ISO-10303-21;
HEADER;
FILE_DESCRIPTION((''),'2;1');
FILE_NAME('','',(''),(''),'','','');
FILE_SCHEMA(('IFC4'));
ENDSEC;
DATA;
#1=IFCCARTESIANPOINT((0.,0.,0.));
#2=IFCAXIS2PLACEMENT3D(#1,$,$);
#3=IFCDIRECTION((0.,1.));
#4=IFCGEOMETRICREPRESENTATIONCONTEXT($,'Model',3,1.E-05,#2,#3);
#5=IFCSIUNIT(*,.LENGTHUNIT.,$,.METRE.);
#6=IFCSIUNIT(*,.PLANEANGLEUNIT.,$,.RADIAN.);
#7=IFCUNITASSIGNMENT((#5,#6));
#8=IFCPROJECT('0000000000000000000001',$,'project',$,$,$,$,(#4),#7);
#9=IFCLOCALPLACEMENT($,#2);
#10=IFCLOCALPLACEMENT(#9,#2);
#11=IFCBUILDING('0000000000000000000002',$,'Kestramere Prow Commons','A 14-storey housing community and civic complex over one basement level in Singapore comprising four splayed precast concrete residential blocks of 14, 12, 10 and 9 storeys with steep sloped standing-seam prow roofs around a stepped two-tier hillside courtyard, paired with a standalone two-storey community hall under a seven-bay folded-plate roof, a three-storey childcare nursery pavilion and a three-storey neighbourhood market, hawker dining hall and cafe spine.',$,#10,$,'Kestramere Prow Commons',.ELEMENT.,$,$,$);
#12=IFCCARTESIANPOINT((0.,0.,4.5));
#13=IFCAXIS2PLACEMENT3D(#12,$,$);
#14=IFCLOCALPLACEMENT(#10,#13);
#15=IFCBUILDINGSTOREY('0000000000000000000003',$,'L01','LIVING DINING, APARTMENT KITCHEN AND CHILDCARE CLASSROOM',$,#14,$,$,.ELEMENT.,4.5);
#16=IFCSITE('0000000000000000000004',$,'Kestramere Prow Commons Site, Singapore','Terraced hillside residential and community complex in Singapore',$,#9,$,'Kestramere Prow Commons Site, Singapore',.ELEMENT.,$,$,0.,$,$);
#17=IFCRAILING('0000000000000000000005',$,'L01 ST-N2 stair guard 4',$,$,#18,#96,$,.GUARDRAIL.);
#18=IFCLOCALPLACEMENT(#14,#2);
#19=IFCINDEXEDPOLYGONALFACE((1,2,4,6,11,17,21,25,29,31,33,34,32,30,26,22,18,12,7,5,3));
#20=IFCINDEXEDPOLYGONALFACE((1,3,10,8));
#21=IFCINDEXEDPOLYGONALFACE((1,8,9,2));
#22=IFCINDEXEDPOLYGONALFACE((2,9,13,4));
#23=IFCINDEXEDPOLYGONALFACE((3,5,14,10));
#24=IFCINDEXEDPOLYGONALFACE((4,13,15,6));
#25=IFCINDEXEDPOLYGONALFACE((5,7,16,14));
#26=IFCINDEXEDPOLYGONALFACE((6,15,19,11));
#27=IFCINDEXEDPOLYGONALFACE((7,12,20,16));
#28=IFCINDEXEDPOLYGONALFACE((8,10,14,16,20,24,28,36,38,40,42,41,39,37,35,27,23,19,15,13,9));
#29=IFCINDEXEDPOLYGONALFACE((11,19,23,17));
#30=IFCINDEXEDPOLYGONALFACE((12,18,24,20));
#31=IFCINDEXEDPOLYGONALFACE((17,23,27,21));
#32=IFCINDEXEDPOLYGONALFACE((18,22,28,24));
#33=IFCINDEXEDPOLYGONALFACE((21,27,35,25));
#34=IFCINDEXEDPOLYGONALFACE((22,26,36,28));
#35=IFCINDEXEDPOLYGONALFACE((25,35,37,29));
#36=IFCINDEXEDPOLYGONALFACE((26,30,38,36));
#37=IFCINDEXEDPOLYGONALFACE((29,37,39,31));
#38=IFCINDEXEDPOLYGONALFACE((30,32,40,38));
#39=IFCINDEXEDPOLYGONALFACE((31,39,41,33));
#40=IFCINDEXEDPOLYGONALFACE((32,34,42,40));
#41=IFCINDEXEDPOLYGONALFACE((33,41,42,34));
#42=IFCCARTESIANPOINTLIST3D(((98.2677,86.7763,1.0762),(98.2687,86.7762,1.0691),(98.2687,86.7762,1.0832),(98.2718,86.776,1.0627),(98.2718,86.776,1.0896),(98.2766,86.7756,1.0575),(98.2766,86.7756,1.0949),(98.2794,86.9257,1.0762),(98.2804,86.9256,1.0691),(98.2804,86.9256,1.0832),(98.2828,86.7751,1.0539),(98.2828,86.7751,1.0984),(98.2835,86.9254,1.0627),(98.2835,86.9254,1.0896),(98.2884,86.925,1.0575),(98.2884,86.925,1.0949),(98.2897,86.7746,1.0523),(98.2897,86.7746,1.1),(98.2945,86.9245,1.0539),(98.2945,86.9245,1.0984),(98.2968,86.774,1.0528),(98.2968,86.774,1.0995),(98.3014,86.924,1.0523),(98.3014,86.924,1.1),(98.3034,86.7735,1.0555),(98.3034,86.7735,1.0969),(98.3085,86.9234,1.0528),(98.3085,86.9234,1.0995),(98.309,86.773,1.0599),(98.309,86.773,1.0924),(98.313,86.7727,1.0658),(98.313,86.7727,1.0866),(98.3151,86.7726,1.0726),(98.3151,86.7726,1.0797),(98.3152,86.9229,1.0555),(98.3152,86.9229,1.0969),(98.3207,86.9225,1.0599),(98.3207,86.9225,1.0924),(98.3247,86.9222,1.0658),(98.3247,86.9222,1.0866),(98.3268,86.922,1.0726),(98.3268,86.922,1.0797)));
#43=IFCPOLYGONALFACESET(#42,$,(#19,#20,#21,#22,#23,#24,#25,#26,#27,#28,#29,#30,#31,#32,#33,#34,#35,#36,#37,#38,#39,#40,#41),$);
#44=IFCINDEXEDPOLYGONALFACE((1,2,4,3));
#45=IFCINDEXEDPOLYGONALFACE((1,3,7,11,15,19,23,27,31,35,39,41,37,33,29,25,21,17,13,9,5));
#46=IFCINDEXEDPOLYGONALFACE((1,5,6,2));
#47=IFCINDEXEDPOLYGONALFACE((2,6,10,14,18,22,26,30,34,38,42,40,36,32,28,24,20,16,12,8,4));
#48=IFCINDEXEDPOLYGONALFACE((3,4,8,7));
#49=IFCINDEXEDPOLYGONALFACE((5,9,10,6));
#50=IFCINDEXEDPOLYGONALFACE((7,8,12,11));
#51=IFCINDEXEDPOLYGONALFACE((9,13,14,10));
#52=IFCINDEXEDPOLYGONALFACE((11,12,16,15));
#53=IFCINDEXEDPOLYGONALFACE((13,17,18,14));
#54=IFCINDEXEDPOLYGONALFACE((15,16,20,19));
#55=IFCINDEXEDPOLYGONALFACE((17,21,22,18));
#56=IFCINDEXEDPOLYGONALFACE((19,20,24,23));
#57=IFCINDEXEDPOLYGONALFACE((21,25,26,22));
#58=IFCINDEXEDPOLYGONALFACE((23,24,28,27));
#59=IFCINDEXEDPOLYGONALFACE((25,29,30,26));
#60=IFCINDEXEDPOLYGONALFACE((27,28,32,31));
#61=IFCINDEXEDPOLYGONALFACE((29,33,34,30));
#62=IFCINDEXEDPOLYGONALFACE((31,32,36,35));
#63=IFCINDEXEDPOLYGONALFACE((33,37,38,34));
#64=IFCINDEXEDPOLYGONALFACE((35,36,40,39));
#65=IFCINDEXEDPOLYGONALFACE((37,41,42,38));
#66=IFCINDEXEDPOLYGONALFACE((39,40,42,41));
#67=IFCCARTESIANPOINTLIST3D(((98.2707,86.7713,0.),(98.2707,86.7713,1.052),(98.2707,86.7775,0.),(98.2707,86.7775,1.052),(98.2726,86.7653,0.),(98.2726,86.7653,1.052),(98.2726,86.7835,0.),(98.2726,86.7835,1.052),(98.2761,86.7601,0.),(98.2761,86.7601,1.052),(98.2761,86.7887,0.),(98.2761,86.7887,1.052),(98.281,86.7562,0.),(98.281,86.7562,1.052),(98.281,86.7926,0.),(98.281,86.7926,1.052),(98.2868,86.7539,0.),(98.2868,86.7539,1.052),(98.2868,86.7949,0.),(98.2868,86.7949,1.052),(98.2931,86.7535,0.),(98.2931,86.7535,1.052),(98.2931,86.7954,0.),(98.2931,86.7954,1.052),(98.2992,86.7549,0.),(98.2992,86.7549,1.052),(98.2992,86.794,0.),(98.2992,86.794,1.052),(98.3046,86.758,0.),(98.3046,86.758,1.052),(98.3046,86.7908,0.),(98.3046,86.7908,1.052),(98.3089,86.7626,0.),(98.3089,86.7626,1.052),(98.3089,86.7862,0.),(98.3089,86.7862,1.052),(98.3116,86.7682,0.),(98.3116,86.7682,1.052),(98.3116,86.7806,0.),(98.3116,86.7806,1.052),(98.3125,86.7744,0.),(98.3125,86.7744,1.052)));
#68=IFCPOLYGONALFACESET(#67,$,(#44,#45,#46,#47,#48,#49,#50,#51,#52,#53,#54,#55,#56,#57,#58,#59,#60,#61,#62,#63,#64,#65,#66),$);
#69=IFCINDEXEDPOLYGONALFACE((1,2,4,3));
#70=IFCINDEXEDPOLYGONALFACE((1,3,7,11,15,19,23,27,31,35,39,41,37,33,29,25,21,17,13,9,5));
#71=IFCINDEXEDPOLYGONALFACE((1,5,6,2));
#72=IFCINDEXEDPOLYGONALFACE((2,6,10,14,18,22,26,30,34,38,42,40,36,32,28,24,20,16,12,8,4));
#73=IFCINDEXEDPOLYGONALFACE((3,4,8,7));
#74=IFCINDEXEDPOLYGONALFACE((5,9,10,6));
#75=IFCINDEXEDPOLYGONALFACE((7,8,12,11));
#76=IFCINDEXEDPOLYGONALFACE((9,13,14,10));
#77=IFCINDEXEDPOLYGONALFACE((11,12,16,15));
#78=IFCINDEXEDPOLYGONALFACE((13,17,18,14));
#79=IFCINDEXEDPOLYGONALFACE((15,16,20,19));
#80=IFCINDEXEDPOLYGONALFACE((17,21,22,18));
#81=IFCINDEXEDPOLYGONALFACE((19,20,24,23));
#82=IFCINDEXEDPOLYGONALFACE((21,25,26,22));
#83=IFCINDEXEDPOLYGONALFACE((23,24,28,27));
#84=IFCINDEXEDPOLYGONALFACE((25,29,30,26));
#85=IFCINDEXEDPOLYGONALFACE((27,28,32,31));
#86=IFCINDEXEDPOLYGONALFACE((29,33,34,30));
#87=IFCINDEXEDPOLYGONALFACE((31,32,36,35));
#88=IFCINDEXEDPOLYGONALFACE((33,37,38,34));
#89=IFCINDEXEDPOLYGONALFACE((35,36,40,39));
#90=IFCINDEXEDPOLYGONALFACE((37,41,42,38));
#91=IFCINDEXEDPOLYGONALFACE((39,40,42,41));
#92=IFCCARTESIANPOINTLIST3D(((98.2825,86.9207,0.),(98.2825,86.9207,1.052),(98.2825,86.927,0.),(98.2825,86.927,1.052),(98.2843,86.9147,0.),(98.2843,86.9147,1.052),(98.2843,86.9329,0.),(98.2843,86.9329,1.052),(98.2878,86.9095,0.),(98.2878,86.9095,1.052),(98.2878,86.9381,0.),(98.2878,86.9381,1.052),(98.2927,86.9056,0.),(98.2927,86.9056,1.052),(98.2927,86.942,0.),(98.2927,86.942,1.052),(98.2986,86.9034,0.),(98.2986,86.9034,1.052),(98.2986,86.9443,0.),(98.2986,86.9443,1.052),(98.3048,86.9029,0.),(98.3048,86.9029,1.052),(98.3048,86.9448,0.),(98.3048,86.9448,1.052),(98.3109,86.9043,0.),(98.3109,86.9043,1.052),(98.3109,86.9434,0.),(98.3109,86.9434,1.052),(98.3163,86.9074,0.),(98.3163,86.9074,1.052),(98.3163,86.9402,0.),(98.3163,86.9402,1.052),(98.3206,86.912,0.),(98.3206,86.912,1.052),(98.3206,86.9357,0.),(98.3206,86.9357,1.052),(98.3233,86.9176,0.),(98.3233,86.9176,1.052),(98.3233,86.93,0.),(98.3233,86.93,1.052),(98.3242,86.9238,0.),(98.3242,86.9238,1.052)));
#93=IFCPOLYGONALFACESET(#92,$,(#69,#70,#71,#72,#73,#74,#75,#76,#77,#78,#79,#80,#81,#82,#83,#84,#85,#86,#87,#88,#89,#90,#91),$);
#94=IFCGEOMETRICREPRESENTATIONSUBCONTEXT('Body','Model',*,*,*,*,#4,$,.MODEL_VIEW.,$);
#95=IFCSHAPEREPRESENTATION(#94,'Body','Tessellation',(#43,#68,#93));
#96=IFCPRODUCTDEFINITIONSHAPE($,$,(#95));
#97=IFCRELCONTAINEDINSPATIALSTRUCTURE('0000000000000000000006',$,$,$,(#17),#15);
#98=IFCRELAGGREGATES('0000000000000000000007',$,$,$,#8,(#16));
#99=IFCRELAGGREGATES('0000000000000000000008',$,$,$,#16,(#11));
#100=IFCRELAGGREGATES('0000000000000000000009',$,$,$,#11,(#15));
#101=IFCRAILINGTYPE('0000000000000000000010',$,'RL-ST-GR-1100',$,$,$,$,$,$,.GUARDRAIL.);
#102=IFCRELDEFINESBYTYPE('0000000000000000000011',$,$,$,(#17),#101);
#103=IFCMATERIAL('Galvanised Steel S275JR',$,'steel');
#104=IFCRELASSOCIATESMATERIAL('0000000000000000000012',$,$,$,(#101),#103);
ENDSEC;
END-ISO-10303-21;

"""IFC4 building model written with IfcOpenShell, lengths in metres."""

from ifc_helpers import new_model, si_unit, direction, frame, origin, origin_2d, place, context, subcontext, project, spatial, circle, extrude, material, type_object, element, save


model = new_model("IFC4")

# Units and contexts
model_context = context("Model", 3, precision=1e-05, world=origin(), true_north=direction((0.0, 1.0)))
body_context = subcontext(model_context, "Body", "Model", "MODEL_VIEW")
ifc_project = project(units=[si_unit("LENGTHUNIT", "METRE"), si_unit("PLANEANGLEUNIT", "RADIAN")], contexts=[model_context])

# Site, building, storey
site_placement = place(None, origin())
site = spatial("IfcSite", under=ifc_project, at=site_placement, Name="Kestramere Prow Commons Site, Singapore", Description="Terraced hillside residential and community complex in Singapore", LongName="Kestramere Prow Commons Site, Singapore", CompositionType="ELEMENT", RefElevation=0.0)
building_placement = place(site_placement, origin())
building = spatial("IfcBuilding", under=site, at=building_placement, Name="Kestramere Prow Commons", Description="A 14-storey housing community and civic complex over one basement level in Singapore comprising four splayed precast concrete residential blocks of 14, 12, 10 and 9 storeys with steep sloped standing-seam prow roofs around a stepped two-tier hillside courtyard, paired with a standalone two-storey community hall under a seven-bay folded-plate roof, a three-storey childcare nursery pavilion and a three-storey neighbourhood market, hawker dining hall and cafe spine.", LongName="Kestramere Prow Commons", CompositionType="ELEMENT")
storey_placement = place(building_placement, frame((0.0, 0.0, 4.5)))
storey = spatial("IfcBuildingStorey", under=building, at=storey_placement, Name="L01", Description="LIVING DINING, APARTMENT KITCHEN AND CHILDCARE CLASSROOM", CompositionType="ELEMENT", Elevation=4.5)

# Railing
ifc_material_1 = material(Name="Galvanised Steel S275JR", Category="steel")
railing_type_1 = type_object("IfcRailingType", Name="RL-ST-GR-1100", PredefinedType="GUARDRAIL", material=ifc_material_1)
railing_1_placement = place(storey_placement, frame((98.2915, 86.7744, 0.0)))
element("IfcRailing", 1, at=railing_1_placement, inside=storey, type_object=railing_type_1, Name="L01 ST-N2 stair guard 4", PredefinedType="GUARDRAIL", context=body_context, shape_type="SweptSolid", body=[
    extrude(circle(Radius=0.0239, at=origin_2d()), frame((0.0, 0.0, 1.0762), z_axis=(0.078191, 0.996938, 0.0), x_axis=(-0.996938, 0.078191, 0.0)), (0.0, 0.0, 1.0), 0.1499),
    extrude(circle(Radius=0.021, at=origin_2d()), origin(), (0.0, 0.0, 1.0), 1.052),
    extrude(circle(Radius=0.021, at=origin_2d()), frame((0.0117, 0.1494, 0.0)), (0.0, 0.0, 1.0), 1.052),
])

save(model, "model.ifc")
